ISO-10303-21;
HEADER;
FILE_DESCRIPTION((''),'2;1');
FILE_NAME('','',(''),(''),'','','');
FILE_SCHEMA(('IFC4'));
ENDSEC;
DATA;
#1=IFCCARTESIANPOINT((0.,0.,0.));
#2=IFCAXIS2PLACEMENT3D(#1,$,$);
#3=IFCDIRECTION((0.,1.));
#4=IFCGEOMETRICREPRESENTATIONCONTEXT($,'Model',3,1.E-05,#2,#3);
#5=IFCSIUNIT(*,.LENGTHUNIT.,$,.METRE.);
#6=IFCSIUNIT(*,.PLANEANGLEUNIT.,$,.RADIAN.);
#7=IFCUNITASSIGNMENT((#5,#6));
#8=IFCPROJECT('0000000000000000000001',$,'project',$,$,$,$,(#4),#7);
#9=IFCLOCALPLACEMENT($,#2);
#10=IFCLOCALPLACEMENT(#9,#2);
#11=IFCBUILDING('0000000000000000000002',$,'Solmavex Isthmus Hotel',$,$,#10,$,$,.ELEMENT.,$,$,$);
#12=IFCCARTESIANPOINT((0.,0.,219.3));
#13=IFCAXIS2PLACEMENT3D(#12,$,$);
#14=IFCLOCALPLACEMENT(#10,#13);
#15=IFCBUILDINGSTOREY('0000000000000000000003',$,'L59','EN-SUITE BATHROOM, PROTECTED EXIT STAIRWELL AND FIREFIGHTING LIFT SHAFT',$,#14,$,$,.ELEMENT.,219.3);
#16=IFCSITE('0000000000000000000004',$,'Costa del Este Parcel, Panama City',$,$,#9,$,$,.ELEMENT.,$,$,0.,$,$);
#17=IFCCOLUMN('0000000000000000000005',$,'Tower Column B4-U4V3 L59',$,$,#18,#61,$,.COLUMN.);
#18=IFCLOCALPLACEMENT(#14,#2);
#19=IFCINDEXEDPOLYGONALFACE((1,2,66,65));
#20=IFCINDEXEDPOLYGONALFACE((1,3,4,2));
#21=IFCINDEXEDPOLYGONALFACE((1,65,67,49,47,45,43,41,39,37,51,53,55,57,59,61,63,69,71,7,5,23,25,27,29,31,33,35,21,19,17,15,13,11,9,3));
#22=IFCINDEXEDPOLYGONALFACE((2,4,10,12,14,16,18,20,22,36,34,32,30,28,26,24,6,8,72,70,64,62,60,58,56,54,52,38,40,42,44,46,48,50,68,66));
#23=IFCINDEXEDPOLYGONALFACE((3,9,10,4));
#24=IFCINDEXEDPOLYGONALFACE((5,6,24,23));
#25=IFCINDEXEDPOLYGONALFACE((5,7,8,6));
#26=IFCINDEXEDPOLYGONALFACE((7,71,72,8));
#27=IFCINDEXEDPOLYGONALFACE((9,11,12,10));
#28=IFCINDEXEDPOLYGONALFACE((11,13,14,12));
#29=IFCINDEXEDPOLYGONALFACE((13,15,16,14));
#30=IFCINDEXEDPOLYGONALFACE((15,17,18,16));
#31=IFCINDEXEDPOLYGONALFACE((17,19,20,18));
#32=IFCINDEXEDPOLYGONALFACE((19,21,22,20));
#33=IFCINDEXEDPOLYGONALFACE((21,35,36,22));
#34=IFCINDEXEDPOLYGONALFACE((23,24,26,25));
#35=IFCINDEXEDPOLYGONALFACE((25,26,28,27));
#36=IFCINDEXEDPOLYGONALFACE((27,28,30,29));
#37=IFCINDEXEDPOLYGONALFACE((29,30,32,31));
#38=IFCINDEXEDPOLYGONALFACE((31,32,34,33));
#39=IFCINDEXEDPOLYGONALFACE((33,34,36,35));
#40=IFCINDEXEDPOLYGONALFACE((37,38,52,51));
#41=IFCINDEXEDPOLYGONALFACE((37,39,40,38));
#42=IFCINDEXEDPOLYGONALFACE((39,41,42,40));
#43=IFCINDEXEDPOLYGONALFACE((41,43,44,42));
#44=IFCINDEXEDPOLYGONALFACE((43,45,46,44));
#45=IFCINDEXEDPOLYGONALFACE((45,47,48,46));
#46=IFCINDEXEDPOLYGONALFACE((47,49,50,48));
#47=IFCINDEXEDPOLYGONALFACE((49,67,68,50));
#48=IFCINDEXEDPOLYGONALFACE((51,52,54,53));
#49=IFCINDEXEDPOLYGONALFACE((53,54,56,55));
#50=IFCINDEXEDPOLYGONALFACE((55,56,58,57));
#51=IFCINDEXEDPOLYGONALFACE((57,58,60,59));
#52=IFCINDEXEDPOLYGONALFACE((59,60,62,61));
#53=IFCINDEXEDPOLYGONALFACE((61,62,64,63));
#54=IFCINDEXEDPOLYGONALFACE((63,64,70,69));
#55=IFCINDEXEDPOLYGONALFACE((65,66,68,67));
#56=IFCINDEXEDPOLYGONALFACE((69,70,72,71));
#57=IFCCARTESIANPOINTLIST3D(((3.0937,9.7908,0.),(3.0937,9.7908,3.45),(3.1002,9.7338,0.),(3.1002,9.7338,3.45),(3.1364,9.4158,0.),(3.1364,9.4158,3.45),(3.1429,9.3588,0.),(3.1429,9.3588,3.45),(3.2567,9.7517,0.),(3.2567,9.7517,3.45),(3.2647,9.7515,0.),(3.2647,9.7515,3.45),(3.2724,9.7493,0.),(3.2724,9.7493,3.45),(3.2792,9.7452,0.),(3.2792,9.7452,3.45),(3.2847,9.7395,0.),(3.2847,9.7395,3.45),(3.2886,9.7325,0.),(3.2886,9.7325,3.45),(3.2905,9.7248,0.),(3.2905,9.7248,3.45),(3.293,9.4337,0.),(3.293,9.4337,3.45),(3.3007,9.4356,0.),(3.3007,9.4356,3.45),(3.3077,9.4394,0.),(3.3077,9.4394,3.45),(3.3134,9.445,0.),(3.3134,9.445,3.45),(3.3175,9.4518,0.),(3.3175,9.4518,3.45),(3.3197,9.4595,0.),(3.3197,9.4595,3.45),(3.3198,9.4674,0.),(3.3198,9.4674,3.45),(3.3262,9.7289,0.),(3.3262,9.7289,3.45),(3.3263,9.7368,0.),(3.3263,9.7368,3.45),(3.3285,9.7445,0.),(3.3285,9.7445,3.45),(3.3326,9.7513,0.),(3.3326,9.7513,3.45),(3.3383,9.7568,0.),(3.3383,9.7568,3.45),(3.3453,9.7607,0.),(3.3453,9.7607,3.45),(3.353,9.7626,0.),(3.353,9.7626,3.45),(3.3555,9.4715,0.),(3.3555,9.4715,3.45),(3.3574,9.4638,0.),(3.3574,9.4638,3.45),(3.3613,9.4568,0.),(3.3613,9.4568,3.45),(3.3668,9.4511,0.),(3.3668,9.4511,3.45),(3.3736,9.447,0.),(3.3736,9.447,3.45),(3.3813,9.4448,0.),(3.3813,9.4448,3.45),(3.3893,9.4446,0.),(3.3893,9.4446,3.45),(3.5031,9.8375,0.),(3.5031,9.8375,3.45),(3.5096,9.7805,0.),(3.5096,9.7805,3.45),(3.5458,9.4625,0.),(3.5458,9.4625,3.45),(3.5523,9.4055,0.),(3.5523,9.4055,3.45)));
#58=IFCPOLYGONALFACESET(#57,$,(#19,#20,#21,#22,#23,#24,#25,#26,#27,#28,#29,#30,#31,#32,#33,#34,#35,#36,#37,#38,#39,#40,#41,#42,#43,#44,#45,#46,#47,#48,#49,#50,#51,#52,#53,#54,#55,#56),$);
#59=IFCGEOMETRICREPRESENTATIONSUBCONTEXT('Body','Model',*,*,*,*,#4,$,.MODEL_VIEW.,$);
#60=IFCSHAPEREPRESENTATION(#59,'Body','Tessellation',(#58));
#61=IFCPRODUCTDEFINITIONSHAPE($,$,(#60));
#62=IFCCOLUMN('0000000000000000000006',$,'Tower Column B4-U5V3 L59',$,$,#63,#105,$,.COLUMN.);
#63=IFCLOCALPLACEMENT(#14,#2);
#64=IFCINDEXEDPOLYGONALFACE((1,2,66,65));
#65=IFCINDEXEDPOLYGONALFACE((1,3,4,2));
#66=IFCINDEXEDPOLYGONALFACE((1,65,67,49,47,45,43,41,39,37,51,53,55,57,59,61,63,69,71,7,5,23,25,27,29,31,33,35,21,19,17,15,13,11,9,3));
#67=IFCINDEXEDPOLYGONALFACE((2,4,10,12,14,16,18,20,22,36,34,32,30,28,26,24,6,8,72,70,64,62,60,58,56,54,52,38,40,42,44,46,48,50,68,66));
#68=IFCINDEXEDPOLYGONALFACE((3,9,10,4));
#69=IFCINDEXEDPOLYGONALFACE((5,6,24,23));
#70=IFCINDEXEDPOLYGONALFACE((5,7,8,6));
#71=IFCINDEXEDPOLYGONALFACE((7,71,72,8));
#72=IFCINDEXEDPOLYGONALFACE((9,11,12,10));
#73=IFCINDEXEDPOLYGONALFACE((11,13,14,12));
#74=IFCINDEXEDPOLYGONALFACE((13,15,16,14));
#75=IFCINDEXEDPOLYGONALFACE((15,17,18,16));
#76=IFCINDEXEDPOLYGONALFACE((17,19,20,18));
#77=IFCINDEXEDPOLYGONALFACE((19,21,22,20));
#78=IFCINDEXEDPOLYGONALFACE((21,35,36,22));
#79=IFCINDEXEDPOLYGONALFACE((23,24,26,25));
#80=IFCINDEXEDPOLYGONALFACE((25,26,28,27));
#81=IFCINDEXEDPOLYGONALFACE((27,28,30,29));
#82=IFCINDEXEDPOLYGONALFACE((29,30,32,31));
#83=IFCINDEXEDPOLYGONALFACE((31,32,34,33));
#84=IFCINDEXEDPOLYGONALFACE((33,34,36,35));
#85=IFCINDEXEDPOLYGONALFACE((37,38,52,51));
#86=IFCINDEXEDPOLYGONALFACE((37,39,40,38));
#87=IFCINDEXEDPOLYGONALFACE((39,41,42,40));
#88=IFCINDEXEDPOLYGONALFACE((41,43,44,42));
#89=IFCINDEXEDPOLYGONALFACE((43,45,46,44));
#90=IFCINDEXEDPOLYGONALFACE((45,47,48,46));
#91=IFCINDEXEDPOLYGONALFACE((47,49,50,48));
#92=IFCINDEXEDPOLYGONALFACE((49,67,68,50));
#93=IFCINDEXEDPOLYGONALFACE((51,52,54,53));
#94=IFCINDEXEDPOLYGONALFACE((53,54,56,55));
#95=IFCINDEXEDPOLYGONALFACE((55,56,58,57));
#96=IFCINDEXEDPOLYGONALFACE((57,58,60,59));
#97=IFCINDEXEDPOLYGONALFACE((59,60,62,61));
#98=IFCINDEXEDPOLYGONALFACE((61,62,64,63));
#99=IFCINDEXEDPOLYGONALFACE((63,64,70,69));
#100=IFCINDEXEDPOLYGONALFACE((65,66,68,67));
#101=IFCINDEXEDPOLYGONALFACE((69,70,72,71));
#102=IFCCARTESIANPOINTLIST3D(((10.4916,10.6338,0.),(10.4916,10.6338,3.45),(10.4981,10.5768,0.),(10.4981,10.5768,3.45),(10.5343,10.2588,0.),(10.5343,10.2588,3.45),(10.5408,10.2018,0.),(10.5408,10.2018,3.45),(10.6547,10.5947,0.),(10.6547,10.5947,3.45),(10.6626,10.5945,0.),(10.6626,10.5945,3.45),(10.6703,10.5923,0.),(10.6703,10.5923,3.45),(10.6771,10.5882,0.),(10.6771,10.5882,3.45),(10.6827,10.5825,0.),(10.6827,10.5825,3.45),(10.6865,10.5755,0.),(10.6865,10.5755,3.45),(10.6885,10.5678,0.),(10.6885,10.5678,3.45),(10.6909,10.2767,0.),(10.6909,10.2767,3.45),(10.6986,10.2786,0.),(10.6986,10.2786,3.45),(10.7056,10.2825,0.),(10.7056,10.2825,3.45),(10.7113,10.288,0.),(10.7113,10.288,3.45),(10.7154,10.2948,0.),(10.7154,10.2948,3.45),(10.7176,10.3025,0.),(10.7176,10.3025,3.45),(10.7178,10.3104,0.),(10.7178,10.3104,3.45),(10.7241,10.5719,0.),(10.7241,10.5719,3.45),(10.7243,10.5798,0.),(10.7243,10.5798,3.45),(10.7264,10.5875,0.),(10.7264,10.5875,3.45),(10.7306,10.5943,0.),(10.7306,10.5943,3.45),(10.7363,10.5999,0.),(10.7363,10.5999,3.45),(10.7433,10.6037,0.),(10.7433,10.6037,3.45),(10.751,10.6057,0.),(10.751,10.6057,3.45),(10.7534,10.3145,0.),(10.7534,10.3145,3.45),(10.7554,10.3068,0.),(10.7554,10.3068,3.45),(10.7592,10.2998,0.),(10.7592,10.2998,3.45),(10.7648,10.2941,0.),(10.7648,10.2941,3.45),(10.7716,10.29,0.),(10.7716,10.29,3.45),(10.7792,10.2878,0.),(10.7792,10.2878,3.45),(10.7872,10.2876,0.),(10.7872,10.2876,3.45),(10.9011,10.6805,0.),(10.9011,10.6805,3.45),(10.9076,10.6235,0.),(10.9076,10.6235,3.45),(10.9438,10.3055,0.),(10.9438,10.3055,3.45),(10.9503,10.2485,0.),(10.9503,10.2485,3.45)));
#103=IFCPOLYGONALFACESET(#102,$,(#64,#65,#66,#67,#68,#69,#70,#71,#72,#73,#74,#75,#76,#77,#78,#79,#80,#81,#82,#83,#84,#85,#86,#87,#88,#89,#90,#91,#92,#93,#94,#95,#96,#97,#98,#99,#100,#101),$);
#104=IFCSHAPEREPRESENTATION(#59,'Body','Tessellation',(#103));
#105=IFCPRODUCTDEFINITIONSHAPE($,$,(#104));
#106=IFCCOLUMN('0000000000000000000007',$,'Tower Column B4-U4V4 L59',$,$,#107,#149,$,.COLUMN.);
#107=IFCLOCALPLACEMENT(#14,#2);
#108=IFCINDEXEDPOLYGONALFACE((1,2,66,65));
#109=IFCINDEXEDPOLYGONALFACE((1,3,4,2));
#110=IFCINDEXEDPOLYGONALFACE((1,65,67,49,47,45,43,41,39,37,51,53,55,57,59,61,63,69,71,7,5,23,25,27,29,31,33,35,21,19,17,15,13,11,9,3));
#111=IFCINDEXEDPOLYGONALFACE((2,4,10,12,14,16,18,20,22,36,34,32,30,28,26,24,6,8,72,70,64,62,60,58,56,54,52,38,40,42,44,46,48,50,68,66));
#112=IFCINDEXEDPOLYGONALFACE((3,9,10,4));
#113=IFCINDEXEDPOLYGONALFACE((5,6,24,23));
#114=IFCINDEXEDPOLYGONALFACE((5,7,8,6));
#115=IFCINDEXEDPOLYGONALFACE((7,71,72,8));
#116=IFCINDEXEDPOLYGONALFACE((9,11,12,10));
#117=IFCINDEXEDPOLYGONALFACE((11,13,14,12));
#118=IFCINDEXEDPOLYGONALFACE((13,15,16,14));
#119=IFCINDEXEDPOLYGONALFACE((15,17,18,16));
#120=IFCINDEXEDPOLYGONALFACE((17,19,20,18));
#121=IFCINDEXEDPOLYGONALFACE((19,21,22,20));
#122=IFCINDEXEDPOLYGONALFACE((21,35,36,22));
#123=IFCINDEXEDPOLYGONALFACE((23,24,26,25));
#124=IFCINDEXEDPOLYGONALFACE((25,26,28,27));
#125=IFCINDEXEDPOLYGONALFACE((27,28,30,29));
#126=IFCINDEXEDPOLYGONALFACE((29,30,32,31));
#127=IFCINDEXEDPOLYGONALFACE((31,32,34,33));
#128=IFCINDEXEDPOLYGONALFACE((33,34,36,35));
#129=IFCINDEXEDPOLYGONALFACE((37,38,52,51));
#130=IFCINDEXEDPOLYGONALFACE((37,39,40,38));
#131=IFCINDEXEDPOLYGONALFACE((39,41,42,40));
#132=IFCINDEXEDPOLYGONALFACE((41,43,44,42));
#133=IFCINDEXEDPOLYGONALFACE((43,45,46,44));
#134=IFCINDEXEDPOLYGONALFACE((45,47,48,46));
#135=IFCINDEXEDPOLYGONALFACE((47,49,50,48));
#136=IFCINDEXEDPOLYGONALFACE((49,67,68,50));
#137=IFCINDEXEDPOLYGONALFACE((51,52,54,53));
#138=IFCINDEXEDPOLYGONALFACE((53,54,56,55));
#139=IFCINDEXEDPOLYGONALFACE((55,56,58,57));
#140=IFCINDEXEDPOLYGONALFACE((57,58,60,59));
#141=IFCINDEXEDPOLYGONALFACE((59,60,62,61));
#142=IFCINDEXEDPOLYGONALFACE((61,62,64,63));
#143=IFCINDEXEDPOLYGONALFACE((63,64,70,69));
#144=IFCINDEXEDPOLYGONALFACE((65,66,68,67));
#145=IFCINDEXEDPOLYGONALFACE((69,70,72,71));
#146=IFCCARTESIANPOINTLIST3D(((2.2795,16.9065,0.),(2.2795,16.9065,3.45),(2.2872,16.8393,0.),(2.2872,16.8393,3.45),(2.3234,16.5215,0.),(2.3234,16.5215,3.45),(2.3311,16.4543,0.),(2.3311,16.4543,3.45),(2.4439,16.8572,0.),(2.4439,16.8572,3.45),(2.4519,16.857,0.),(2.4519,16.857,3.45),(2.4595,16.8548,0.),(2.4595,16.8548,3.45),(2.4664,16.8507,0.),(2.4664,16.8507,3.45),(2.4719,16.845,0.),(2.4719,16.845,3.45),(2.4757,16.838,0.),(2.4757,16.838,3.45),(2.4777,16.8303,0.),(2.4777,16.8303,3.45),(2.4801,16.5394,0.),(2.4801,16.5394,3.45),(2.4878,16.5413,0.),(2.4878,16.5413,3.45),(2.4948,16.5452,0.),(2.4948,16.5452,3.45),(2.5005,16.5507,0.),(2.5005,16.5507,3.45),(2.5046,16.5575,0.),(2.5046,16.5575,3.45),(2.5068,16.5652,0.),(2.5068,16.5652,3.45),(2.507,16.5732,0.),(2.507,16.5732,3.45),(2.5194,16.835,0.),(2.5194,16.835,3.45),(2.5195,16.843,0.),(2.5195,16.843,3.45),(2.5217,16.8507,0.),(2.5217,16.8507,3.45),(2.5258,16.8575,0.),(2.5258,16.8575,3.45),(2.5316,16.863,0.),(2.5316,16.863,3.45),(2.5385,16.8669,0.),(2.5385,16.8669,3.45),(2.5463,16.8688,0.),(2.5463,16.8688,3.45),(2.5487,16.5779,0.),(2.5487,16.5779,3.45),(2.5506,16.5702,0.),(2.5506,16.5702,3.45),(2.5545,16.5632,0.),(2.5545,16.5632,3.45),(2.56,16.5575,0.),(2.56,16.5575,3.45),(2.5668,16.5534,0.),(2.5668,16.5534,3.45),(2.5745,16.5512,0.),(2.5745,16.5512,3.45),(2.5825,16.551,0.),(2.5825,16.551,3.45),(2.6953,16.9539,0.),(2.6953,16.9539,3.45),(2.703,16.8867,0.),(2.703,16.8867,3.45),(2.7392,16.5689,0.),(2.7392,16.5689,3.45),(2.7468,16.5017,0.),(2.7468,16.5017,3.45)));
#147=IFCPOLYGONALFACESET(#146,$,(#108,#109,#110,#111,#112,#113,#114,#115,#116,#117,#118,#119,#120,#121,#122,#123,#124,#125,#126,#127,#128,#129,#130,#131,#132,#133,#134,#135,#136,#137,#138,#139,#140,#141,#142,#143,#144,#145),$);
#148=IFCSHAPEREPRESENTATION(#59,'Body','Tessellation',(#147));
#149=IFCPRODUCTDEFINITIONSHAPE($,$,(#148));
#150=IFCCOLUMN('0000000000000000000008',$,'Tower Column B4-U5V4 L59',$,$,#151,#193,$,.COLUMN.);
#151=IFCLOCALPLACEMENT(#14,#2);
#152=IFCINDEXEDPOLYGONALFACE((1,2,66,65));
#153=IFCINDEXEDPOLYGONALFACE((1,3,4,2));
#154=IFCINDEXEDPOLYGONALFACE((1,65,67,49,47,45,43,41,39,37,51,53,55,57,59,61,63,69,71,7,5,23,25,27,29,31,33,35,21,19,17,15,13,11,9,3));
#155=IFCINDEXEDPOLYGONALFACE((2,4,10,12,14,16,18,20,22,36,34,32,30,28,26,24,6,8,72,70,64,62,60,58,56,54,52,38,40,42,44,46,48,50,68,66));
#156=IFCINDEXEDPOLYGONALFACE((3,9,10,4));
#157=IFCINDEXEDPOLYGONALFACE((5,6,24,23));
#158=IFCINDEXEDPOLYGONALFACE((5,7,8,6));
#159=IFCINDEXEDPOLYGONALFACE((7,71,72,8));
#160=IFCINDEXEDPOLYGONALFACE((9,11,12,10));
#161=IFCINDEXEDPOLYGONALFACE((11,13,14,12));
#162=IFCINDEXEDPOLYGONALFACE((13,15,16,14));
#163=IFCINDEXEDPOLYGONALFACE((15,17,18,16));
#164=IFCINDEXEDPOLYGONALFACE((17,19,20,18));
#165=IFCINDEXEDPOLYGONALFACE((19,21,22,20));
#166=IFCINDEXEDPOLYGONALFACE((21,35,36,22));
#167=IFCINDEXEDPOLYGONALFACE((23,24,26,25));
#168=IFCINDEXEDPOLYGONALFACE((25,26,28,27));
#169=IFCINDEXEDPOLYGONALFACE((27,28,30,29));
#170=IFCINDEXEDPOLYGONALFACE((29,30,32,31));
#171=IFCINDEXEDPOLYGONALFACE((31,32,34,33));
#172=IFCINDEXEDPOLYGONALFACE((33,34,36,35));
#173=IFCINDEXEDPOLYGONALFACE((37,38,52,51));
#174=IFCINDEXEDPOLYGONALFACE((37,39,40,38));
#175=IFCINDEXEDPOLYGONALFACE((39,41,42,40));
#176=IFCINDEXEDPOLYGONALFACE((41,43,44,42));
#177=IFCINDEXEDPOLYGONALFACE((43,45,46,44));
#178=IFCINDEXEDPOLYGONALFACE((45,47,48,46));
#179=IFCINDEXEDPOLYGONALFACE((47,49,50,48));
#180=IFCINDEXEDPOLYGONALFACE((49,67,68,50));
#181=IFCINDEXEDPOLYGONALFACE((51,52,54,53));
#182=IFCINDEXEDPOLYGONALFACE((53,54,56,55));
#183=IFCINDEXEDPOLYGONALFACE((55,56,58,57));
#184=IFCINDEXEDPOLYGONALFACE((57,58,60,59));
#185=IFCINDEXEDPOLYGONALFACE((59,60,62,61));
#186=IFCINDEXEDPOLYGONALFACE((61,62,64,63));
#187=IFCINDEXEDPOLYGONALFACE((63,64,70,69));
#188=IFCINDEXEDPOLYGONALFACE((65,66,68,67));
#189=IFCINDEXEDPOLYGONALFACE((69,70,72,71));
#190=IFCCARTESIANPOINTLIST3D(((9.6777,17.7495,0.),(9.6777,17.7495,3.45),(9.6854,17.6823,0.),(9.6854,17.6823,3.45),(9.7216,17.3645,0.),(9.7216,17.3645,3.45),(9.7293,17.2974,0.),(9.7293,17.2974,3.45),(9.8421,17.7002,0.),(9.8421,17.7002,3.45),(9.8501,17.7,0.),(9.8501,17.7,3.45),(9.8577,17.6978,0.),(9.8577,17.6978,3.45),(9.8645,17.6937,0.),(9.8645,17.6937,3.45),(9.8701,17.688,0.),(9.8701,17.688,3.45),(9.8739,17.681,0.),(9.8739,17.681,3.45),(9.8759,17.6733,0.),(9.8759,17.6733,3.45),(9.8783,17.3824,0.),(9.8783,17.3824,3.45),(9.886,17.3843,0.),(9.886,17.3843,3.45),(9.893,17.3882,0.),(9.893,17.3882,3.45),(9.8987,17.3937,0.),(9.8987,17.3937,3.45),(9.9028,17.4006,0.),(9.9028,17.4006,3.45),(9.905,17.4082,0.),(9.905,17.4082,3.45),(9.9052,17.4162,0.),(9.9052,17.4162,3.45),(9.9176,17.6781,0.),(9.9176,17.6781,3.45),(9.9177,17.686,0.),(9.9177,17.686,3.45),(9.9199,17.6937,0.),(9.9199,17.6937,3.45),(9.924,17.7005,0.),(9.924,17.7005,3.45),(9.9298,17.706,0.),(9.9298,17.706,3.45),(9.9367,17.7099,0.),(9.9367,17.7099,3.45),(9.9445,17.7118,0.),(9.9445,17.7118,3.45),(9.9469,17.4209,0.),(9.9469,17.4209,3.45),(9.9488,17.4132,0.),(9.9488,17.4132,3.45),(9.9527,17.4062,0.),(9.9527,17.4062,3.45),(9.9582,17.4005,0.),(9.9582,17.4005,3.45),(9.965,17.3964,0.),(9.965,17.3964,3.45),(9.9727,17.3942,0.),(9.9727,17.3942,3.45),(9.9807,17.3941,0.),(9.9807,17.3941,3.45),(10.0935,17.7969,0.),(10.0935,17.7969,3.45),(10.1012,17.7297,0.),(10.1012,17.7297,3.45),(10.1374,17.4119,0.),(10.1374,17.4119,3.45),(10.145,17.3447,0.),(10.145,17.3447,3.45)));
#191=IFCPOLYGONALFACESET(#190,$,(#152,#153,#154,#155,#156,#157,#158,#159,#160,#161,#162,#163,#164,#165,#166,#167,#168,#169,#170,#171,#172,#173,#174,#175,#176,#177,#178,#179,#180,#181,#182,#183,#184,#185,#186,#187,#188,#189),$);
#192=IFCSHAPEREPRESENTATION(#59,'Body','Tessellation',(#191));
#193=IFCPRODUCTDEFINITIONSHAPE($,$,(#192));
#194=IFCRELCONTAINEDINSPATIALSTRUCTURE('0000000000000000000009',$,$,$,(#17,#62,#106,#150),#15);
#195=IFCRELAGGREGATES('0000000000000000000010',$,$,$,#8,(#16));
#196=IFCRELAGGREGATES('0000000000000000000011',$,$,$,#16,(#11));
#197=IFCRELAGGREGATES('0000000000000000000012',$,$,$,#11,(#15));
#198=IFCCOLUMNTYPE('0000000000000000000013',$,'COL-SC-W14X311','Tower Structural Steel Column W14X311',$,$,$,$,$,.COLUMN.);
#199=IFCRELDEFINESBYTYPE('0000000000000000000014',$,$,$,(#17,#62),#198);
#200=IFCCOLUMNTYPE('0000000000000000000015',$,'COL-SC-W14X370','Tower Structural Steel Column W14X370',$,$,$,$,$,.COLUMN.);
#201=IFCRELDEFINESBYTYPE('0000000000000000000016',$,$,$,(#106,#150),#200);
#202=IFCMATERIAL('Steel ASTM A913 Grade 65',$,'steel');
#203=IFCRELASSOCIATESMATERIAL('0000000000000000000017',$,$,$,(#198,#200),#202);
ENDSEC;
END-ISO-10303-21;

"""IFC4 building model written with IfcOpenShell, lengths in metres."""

from ifc_helpers import new_model, si_unit, direction, frame, origin, origin_2d, place, context, subcontext, project, spatial, i_section, extrude, material, material_profile, profile_set, type_object, element, save


model = new_model("IFC4")

# Units and contexts
model_context = context("Model", 3, precision=1e-05, world=origin(), true_north=direction((0.0, 1.0)))
body_context = subcontext(model_context, "Body", "Model", "MODEL_VIEW")
ifc_project = project(units=[si_unit("LENGTHUNIT", "METRE"), si_unit("PLANEANGLEUNIT", "RADIAN")], contexts=[model_context])

# Site, building, storey
site_placement = place(None, origin())
site = spatial("IfcSite", under=ifc_project, at=site_placement, Name="Costa del Este Parcel, Panama City", CompositionType="ELEMENT", RefElevation=0.0)
building_placement = place(site_placement, origin())
building = spatial("IfcBuilding", under=site, at=building_placement, Name="Solmavex Isthmus Hotel", CompositionType="ELEMENT")
storey_placement = place(building_placement, frame((0.0, 0.0, 219.3)))
storey = spatial("IfcBuildingStorey", under=building, at=storey_placement, Name="L59", Description="EN-SUITE BATHROOM, PROTECTED EXIT STAIRWELL AND FIREFIGHTING LIFT SHAFT", CompositionType="ELEMENT", Elevation=219.3)

# Columns
ifc_material_1 = material(Name="Steel ASTM A913 Grade 65", Category="steel")
ifc_material_profile_1 = material_profile(ifc_material_1, i_section(OverallWidth=0.4121, OverallDepth=0.4348, WebThickness=0.0359, FlangeThickness=0.0574, FilletRadius=0.0305, at=origin_2d()), Name="W14X311")
ifc_profile_set_1 = profile_set([ifc_material_profile_1], Name="Steel ASTM A913 Grade 65")
column_type_1 = type_object("IfcColumnType", Name="COL-SC-W14X311", Description="Tower Structural Steel Column W14X311", PredefinedType="COLUMN", material=ifc_profile_set_1)
for number, where, z_axis, x_axis, name in (
    (1, (3.323, 9.5981, 0.0), (0.0, 0.0, 1.0), (0.993572, 0.113203, 0.0), "Tower Column B4-U4V3 L59"),
    (2, (10.7209, 10.4412, 0.0), (0.0, 0.0, 1.0), (0.993572, 0.113203, 0.0), "Tower Column B4-U5V3 L59"),
):
    element("IfcColumn", number, at=place(storey_placement, frame(where, z_axis=z_axis, x_axis=x_axis)), inside=storey, type_object=column_type_1, Name=name, PredefinedType="COLUMN", context=body_context, shape_type="SweptSolid", body=[
        extrude(i_section(OverallWidth=0.4121, OverallDepth=0.4348, WebThickness=0.0359, FlangeThickness=0.0574, FilletRadius=0.0305, at=origin_2d()), origin(), (0.0, 0.0, 1.0), 3.45),
    ])
ifc_material_profile_2 = material_profile(ifc_material_1, i_section(OverallWidth=0.4185, OverallDepth=0.4551, WebThickness=0.042, FlangeThickness=0.0676, FilletRadius=0.0305, at=origin_2d()), Name="W14X370")
ifc_profile_set_2 = profile_set([ifc_material_profile_2], Name="Steel ASTM A913 Grade 65")
column_type_2 = type_object("IfcColumnType", Name="COL-SC-W14X370", Description="Tower Structural Steel Column W14X370", PredefinedType="COLUMN", material=ifc_profile_set_2)
for number, where, z_axis, x_axis, name in (
    (3, (2.5132, 16.7041, 0.0), (0.0, 0.0, 1.0), (0.993572, 0.113203, 0.0), "Tower Column B4-U4V4 L59"),
    (4, (9.9114, 17.5471, 0.0), (0.0, 0.0, 1.0), (0.993572, 0.113203, 0.0), "Tower Column B4-U5V4 L59"),
):
    element("IfcColumn", number, at=place(storey_placement, frame(where, z_axis=z_axis, x_axis=x_axis)), inside=storey, type_object=column_type_2, Name=name, PredefinedType="COLUMN", context=body_context, shape_type="SweptSolid", body=[
        extrude(i_section(OverallWidth=0.4185, OverallDepth=0.4551, WebThickness=0.042, FlangeThickness=0.0676, FilletRadius=0.0305, at=origin_2d()), origin(), (0.0, 0.0, 1.0), 3.45),
    ])

save(model, "model.ifc")
